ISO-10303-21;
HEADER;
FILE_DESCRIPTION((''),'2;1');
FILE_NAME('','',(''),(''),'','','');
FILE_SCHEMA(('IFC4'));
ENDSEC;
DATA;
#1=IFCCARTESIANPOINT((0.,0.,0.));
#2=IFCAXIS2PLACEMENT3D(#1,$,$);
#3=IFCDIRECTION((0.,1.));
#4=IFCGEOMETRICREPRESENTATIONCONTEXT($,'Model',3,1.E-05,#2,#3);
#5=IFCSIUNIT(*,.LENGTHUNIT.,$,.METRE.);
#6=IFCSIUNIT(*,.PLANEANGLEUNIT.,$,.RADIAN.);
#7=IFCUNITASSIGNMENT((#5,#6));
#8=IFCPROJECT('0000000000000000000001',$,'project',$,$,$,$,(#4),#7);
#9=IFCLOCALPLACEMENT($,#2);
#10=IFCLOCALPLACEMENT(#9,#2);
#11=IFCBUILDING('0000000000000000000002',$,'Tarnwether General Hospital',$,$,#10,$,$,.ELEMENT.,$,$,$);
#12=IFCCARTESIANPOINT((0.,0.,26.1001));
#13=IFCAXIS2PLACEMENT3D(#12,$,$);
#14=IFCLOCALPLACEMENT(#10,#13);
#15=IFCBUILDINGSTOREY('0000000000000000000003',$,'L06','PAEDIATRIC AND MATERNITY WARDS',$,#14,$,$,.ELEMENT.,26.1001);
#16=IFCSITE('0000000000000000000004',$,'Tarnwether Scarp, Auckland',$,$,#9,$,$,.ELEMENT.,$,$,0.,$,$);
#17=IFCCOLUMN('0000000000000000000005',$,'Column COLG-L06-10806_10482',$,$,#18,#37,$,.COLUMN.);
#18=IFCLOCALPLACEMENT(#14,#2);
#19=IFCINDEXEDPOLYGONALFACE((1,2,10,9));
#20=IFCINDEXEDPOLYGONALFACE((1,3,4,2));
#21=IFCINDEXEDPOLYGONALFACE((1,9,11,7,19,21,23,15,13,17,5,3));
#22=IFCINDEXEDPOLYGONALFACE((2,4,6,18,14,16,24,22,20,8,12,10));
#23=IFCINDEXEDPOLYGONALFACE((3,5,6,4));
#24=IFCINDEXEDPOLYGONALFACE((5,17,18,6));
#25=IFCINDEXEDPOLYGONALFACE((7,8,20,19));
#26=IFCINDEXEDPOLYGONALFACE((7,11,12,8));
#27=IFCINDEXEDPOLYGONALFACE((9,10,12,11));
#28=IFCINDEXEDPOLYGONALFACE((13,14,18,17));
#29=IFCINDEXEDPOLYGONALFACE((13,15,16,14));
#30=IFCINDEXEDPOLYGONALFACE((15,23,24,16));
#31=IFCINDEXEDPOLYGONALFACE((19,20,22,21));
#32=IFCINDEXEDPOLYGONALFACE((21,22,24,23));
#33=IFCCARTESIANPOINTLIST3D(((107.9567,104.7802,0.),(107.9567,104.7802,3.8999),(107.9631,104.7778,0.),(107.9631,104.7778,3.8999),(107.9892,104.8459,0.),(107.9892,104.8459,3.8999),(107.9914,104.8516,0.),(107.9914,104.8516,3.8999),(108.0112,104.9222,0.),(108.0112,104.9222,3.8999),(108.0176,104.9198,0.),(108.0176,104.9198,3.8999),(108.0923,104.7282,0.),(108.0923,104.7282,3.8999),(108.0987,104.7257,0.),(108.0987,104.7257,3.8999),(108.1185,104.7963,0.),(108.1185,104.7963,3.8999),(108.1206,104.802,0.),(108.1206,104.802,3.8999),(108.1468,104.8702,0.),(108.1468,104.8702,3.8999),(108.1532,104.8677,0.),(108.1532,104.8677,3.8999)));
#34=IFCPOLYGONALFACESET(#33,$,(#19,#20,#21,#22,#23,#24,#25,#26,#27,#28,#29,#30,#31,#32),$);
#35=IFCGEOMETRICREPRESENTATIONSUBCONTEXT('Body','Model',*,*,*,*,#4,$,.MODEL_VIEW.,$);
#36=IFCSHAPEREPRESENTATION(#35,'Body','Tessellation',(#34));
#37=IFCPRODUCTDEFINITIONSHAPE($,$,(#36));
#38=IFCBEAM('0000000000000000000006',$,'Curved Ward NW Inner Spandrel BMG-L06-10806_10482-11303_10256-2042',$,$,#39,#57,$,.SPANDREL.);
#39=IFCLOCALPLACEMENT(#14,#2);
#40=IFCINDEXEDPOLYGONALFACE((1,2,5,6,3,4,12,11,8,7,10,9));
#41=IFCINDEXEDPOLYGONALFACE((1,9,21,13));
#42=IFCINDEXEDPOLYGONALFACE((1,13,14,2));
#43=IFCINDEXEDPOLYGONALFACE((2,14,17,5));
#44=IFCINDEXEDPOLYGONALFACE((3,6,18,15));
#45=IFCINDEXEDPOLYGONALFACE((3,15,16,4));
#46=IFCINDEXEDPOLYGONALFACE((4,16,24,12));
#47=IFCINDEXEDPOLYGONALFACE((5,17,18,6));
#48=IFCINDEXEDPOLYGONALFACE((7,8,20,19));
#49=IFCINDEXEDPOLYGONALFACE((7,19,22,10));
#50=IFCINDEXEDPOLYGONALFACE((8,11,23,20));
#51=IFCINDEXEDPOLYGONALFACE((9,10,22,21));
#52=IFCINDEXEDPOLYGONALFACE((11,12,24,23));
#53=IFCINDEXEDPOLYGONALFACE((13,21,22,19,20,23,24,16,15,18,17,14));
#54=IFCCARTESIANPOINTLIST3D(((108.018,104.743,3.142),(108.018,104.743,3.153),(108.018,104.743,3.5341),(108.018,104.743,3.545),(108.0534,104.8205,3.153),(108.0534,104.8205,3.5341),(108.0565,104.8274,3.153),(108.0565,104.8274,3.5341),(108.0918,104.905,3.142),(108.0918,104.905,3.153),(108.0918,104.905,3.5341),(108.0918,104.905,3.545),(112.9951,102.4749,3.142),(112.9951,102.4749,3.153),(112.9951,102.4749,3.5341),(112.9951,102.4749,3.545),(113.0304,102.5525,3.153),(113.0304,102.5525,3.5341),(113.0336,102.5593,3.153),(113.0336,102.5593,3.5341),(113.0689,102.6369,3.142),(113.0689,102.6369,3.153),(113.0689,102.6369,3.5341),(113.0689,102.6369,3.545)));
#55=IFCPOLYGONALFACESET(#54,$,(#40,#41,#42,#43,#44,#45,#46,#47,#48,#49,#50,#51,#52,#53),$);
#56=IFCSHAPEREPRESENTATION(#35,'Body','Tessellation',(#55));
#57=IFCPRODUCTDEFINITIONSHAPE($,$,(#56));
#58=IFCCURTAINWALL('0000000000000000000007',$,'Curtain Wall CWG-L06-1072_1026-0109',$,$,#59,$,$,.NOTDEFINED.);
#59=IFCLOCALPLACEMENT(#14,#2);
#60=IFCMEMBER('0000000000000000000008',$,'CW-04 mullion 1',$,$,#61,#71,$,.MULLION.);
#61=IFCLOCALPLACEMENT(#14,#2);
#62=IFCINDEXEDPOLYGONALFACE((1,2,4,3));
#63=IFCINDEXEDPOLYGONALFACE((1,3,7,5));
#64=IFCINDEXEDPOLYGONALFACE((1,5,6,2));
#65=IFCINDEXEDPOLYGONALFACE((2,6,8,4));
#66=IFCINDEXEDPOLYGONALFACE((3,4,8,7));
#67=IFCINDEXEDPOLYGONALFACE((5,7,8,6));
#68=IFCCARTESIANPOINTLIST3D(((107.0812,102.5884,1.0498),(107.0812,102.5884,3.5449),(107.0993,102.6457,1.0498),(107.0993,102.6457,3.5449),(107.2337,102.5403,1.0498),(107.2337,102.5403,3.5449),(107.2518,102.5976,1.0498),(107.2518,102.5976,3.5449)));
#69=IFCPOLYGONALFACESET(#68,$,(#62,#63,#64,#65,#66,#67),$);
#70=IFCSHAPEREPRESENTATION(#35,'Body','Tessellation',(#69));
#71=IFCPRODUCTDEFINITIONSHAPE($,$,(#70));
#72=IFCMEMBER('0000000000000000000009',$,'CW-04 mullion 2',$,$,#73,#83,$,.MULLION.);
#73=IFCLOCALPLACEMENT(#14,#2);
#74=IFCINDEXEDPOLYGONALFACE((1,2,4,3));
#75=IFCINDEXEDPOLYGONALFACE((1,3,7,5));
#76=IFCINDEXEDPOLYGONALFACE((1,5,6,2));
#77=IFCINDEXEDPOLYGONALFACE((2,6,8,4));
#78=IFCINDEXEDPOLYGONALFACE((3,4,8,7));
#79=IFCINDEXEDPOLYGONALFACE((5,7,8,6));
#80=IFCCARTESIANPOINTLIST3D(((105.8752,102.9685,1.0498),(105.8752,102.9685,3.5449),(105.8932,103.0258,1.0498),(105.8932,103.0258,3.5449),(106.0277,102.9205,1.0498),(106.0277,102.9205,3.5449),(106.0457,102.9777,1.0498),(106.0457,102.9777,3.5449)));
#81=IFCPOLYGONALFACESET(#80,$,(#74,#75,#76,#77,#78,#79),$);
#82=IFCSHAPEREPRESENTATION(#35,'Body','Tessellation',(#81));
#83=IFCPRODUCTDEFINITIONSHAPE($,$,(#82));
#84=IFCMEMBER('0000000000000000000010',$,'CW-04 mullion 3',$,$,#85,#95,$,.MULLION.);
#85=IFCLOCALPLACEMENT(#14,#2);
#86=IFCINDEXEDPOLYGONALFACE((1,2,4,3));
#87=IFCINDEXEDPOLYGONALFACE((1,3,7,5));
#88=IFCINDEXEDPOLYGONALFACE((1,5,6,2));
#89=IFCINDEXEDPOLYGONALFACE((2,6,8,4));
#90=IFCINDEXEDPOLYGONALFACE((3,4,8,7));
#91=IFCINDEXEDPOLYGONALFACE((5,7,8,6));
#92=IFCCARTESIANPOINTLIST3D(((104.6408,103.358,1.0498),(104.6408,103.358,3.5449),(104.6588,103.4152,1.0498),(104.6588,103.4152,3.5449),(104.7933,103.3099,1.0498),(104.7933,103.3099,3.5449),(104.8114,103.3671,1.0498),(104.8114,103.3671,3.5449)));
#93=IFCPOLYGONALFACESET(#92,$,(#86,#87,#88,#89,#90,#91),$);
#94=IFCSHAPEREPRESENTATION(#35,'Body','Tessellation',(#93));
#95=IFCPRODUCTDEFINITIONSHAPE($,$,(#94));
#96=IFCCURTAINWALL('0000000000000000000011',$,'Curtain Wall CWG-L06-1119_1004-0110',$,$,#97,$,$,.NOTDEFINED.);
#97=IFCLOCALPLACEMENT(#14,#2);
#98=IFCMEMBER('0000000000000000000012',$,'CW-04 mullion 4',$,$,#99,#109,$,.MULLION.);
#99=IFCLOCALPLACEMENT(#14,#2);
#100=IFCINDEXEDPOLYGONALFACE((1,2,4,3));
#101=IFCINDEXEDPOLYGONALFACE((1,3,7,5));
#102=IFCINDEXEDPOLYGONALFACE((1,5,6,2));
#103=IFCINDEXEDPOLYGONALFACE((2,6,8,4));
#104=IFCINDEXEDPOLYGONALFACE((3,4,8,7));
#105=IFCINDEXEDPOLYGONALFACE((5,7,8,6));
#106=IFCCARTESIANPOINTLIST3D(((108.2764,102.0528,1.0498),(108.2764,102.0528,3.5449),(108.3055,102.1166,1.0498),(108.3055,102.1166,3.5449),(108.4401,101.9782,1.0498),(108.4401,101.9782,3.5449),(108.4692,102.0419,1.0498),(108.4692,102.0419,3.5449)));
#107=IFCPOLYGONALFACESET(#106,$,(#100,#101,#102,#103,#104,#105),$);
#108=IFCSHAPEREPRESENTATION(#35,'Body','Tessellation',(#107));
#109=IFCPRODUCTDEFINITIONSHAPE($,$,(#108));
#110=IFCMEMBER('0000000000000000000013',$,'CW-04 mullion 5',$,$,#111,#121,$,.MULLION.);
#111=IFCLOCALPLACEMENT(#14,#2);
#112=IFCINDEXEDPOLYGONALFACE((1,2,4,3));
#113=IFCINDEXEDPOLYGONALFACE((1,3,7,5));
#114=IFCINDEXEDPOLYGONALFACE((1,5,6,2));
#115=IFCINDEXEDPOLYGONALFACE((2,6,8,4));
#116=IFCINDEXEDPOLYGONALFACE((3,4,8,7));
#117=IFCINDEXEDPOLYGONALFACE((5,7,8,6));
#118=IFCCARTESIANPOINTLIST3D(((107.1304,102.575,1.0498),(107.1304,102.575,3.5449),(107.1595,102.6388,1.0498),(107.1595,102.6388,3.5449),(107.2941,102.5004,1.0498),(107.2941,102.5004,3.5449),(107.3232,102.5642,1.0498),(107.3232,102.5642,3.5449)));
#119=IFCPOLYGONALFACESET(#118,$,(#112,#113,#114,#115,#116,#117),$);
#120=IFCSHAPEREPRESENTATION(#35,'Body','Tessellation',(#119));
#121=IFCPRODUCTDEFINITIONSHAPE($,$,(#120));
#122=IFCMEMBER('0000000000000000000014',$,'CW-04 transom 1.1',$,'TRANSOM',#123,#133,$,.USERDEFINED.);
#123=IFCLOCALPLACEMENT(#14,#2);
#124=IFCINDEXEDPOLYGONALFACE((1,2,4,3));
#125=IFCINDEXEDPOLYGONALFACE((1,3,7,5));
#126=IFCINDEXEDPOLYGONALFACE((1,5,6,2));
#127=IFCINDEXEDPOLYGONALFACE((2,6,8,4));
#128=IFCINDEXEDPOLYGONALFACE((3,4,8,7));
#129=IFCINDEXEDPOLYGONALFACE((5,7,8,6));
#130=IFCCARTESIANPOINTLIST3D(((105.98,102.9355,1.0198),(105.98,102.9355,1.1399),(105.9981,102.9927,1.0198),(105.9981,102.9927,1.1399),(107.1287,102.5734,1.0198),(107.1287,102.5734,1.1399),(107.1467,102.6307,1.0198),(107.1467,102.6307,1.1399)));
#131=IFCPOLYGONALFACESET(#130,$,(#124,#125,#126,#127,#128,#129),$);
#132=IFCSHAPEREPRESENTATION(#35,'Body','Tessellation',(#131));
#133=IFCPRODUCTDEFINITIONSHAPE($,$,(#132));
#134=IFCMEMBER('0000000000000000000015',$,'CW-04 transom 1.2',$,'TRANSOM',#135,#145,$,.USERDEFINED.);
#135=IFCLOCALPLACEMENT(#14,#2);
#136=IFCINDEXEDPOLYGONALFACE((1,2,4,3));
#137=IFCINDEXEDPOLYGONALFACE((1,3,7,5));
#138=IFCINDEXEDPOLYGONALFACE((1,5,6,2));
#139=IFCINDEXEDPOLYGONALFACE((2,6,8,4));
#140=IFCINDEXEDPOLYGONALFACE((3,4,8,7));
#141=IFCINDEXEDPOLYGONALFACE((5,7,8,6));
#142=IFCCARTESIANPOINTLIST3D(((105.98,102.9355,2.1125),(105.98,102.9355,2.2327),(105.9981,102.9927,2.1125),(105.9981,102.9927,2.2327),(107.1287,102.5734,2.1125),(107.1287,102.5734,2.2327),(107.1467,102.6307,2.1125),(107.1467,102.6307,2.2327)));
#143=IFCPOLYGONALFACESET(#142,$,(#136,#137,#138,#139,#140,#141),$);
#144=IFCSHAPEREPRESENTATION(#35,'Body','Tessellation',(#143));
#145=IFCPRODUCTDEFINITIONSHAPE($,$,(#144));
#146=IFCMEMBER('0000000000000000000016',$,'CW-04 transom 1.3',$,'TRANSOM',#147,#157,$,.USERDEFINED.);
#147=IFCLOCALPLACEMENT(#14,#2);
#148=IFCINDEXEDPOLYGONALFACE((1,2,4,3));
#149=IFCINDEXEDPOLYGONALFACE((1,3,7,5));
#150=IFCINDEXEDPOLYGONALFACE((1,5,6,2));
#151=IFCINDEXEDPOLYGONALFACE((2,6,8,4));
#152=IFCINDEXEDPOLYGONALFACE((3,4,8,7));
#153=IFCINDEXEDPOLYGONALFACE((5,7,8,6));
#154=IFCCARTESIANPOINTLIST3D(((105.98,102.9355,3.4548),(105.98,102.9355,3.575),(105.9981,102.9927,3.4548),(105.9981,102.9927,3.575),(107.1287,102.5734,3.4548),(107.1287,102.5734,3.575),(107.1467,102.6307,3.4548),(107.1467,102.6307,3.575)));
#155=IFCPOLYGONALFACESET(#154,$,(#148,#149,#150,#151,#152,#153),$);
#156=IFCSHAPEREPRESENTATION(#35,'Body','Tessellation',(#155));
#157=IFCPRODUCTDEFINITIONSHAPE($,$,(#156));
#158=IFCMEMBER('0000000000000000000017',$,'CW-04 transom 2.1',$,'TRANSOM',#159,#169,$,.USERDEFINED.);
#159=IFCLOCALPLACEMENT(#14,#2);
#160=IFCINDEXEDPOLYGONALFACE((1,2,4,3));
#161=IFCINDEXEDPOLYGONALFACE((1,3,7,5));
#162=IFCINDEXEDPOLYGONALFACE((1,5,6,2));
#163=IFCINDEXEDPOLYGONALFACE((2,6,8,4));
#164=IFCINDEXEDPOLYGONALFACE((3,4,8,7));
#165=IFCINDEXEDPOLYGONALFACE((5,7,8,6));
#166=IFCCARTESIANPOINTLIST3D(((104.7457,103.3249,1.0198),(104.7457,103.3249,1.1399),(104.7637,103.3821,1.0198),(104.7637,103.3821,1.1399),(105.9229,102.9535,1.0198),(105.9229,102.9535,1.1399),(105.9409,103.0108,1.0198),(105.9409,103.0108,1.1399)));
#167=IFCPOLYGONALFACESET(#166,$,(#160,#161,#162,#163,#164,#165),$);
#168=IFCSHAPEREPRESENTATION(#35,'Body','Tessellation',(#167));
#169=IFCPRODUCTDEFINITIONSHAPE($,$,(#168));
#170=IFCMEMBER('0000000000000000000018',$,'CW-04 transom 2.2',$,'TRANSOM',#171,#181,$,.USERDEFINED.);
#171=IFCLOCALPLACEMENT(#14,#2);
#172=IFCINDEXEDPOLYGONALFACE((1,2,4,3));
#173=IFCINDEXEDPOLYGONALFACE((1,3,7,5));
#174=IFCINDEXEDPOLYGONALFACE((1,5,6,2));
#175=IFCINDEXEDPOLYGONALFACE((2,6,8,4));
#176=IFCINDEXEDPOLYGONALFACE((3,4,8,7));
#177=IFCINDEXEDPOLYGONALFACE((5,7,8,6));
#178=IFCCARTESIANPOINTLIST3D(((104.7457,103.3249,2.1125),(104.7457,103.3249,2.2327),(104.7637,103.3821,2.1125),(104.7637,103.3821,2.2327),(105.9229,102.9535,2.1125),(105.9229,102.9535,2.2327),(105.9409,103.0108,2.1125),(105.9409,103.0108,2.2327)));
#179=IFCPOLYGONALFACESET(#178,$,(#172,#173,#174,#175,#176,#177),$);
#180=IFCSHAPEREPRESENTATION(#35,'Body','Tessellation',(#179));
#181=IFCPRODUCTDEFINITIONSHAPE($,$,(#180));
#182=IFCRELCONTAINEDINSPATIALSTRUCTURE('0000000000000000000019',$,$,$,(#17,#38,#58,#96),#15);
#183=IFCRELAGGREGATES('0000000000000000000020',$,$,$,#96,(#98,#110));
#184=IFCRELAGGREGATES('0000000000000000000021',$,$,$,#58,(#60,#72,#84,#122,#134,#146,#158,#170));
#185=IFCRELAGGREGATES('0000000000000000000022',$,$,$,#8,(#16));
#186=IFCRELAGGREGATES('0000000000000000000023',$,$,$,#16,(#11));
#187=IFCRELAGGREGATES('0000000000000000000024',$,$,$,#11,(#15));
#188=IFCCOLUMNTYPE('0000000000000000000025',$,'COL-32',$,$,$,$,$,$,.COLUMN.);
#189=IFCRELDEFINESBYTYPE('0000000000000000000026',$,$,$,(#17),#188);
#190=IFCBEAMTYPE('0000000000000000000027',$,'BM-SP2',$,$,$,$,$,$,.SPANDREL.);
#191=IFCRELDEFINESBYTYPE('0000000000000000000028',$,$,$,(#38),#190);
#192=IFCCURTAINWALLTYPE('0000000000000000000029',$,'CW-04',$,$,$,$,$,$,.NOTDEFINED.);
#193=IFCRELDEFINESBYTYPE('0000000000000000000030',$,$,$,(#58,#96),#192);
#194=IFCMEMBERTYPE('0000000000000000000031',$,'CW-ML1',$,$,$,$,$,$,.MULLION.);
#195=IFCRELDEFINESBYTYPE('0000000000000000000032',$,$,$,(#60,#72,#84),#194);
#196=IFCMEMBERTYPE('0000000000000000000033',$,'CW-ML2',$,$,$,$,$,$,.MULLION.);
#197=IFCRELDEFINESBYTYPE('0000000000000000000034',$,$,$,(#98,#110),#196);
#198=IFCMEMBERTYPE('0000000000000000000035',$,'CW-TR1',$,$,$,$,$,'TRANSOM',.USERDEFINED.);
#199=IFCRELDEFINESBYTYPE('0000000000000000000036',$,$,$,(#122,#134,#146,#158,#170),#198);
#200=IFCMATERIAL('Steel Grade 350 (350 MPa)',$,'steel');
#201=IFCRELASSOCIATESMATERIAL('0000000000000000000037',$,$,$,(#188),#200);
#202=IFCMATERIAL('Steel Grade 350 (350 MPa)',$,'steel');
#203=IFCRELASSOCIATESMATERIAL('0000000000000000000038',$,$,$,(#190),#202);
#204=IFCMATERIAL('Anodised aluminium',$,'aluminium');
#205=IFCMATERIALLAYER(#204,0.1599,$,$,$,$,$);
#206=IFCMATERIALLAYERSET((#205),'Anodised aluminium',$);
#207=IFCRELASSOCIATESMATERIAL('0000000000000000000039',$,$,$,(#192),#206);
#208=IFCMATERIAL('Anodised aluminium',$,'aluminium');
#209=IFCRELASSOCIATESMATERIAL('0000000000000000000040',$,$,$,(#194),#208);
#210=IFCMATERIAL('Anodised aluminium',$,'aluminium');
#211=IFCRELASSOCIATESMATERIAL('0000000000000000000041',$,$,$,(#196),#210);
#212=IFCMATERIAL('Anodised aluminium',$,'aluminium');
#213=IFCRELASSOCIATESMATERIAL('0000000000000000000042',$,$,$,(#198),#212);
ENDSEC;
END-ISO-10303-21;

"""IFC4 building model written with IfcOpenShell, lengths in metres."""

from ifc_helpers import new_model, si_unit, direction, frame, origin, origin_2d, place, context, subcontext, project, spatial, rectangle, i_section, extrude, material, layer, layer_set, material_profile, profile_set, type_object, element, aggregate, save


model = new_model("IFC4")

# Units and contexts
model_context = context("Model", 3, precision=1e-05, world=origin(), true_north=direction((0.0, 1.0)))
body_context = subcontext(model_context, "Body", "Model", "MODEL_VIEW")
ifc_project = project(units=[si_unit("LENGTHUNIT", "METRE"), si_unit("PLANEANGLEUNIT", "RADIAN")], contexts=[model_context])

# Site, building, storey
site_placement = place(None, origin())
site = spatial("IfcSite", under=ifc_project, at=site_placement, Name="Tarnwether Scarp, Auckland", CompositionType="ELEMENT", RefElevation=0.0)
building_placement = place(site_placement, origin())
building = spatial("IfcBuilding", under=site, at=building_placement, Name="Tarnwether General Hospital", CompositionType="ELEMENT")
storey_placement = place(building_placement, frame((0.0, 0.0, 26.1001)))
storey = spatial("IfcBuildingStorey", under=building, at=storey_placement, Name="L06", Description="PAEDIATRIC AND MATERNITY WARDS", CompositionType="ELEMENT", Elevation=26.1001)

# Column
ifc_material_1 = material(Name="Steel Grade 350 (350 MPa)", Category="steel")
ifc_material_profile_1 = material_profile(ifc_material_1, i_section(OverallWidth=0.1521, OverallDepth=0.1521, WebThickness=0.0061, FlangeThickness=0.0068, at=origin_2d()), Name="150UC23.4")
ifc_profile_set_1 = profile_set([ifc_material_profile_1], Name="Steel Grade 350 (350 MPa)")
column_type = type_object("IfcColumnType", Name="COL-32", PredefinedType="COLUMN", material=ifc_profile_set_1)
column_placement = place(storey_placement, frame((108.0549, 104.824, 0.0), z_axis=(0.0, 0.0, 1.0), x_axis=(0.358368, 0.93358, 0.0)))
element("IfcColumn", 1, at=column_placement, inside=storey, type_object=column_type, Name="Column COLG-L06-10806_10482", PredefinedType="COLUMN", context=body_context, shape_type="SweptSolid", body=[
    extrude(i_section(OverallWidth=0.1521, OverallDepth=0.1521, WebThickness=0.0061, FlangeThickness=0.0068, at=origin_2d()), origin(), (0.0, 0.0, 1.0), 3.8999),
])

# Beam
ifc_material_2 = material(Name="Steel Grade 350 (350 MPa)", Category="steel")
ifc_material_profile_2 = material_profile(ifc_material_2, i_section(OverallWidth=0.178, OverallDepth=0.4031, WebThickness=0.0076, FlangeThickness=0.011, at=origin_2d()), Name="410UB53.7")
ifc_profile_set_2 = profile_set([ifc_material_profile_2], Name="Steel Grade 350 (350 MPa)")
beam_type = type_object("IfcBeamType", Name="BM-SP2", PredefinedType="SPANDREL", material=ifc_profile_set_2)
beam_placement = place(storey_placement, frame((108.0549, 104.824, 3.3435), z_axis=(0.909969, -0.414677, 0.0), x_axis=(0.414677, 0.909969, 0.0)))
element("IfcBeam", 2, at=beam_placement, inside=storey, type_object=beam_type, Name="Curved Ward NW Inner Spandrel BMG-L06-10806_10482-11303_10256-2042", PredefinedType="SPANDREL", context=body_context, shape_type="SweptSolid", body=[
    extrude(i_section(OverallWidth=0.178, OverallDepth=0.4031, WebThickness=0.0076, FlangeThickness=0.011, at=origin_2d()), origin(), (0.0, 0.0, 1.0), 5.4695),
])

# Curtain walls, members
ifc_material_3 = material(Name="Anodised aluminium", Category="aluminium")
ifc_layer_1 = layer(ifc_material_3, 0.1599)
ifc_layer_set_1 = layer_set([ifc_layer_1], Name="Anodised aluminium")
curtain_wall_type = type_object("IfcCurtainWallType", Name="CW-04", PredefinedType="NOTDEFINED", material=ifc_layer_set_1)
curtain_wall_1_placement = place(storey_placement, origin())
curtain_wall_1 = element("IfcCurtainWall", 3, at=curtain_wall_1_placement, inside=storey, type_object=curtain_wall_type, Name="Curtain Wall CWG-L06-1072_1026-0109", PredefinedType="NOTDEFINED")
ifc_material_4 = material(Name="Anodised aluminium", Category="aluminium")
ifc_material_profile_3 = material_profile(ifc_material_4, rectangle(XDim=0.0601, YDim=0.1599, at=origin_2d()), Name="ALU-MUL-60x160")
ifc_profile_set_3 = profile_set([ifc_material_profile_3], Name="Anodised aluminium")
member_type_1 = type_object("IfcMemberType", Name="CW-ML1", PredefinedType="MULLION", material=ifc_profile_set_3)
member_1_placement = place(storey_placement, frame((107.1665, 102.593, 1.0498), z_axis=(0.0, 0.0, 1.0), x_axis=(-0.300715, -0.953714, 0.0)))
member_1 = element("IfcMember", 4, at=member_1_placement, type_object=member_type_1, Name="CW-04 mullion 1", PredefinedType="MULLION", context=body_context, shape_type="SweptSolid", body=[
    extrude(rectangle(XDim=0.0601, YDim=0.1599, at=origin_2d()), origin(), (0.0, 0.0, 1.0), 2.4951),
])
member_2_placement = place(storey_placement, frame((105.9604, 102.9731, 1.0498), z_axis=(0.0, 0.0, 1.0), x_axis=(-0.300715, -0.953714, 0.0)))
member_2 = element("IfcMember", 5, at=member_2_placement, type_object=member_type_1, Name="CW-04 mullion 2", PredefinedType="MULLION", context=body_context, shape_type="SweptSolid", body=[
    extrude(rectangle(XDim=0.0601, YDim=0.1599, at=origin_2d()), origin(), (0.0, 0.0, 1.0), 2.4951),
])
member_3_placement = place(storey_placement, frame((104.7261, 103.3625, 1.0498), z_axis=(0.0, 0.0, 1.0), x_axis=(-0.300715, -0.953714, 0.0)))
member_3 = element("IfcMember", 6, at=member_3_placement, type_object=member_type_1, Name="CW-04 mullion 3", PredefinedType="MULLION", context=body_context, shape_type="SweptSolid", body=[
    extrude(rectangle(XDim=0.0601, YDim=0.1599, at=origin_2d()), origin(), (0.0, 0.0, 1.0), 2.4951),
])
curtain_wall_2_placement = place(storey_placement, origin())
curtain_wall_2 = element("IfcCurtainWall", 7, at=curtain_wall_2_placement, inside=storey, type_object=curtain_wall_type, Name="Curtain Wall CWG-L06-1119_1004-0110", PredefinedType="NOTDEFINED")
ifc_material_5 = material(Name="Anodised aluminium", Category="aluminium")
ifc_material_profile_4 = material_profile(ifc_material_5, rectangle(XDim=0.0701, YDim=0.1799, at=origin_2d()), Name="ALU-MUL-70x180")
ifc_profile_set_4 = profile_set([ifc_material_profile_4], Name="Anodised aluminium")
member_type_2 = type_object("IfcMemberType", Name="CW-ML2", PredefinedType="MULLION", material=ifc_profile_set_4)
member_4_placement = place(storey_placement, frame((108.3728, 102.0474, 1.0498), z_axis=(0.0, 0.0, 1.0), x_axis=(-0.414705, -0.909956, 0.0)))
member_4 = element("IfcMember", 8, at=member_4_placement, type_object=member_type_2, Name="CW-04 mullion 4", PredefinedType="MULLION", context=body_context, shape_type="SweptSolid", body=[
    extrude(rectangle(XDim=0.0701, YDim=0.1799, at=origin_2d()), origin(), (0.0, 0.0, 1.0), 2.4951),
])
member_5_placement = place(storey_placement, frame((107.2268, 102.5696, 1.0498), z_axis=(0.0, 0.0, 1.0), x_axis=(-0.414705, -0.909956, 0.0)))
member_5 = element("IfcMember", 9, at=member_5_placement, type_object=member_type_2, Name="CW-04 mullion 5", PredefinedType="MULLION", context=body_context, shape_type="SweptSolid", body=[
    extrude(rectangle(XDim=0.0701, YDim=0.1799, at=origin_2d()), origin(), (0.0, 0.0, 1.0), 2.4951),
])

# Members
ifc_material_6 = material(Name="Anodised aluminium", Category="aluminium")
ifc_material_profile_5 = material_profile(ifc_material_6, rectangle(XDim=0.0601, YDim=0.1201, at=origin_2d()), Name="ALU-TRN-60x120")
ifc_profile_set_5 = profile_set([ifc_material_profile_5], Name="Anodised aluminium")
member_type_3 = type_object("IfcMemberType", Name="CW-TR1", ElementType="TRANSOM", PredefinedType="USERDEFINED", material=ifc_profile_set_5)
member_6_placement = place(storey_placement, frame((107.1377, 102.6021, 1.0798), z_axis=(-0.953745, 0.300617, 0.0), x_axis=(-0.300617, -0.953745, 0.0)))
member_6 = element("IfcMember", 10, at=member_6_placement, type_object=member_type_3, Name="CW-04 transom 1.1", ObjectType="TRANSOM", PredefinedType="USERDEFINED", context=body_context, shape_type="SweptSolid", body=[
    extrude(rectangle(XDim=0.0601, YDim=0.1201, at=origin_2d()), origin(), (0.0, 0.0, 1.0), 1.2043),
])
member_7_placement = place(storey_placement, frame((107.1377, 102.6021, 2.1726), z_axis=(-0.953745, 0.300617, 0.0), x_axis=(-0.300617, -0.953745, 0.0)))
member_7 = element("IfcMember", 11, at=member_7_placement, type_object=member_type_3, Name="CW-04 transom 1.2", ObjectType="TRANSOM", PredefinedType="USERDEFINED", context=body_context, shape_type="SweptSolid", body=[
    extrude(rectangle(XDim=0.0601, YDim=0.1201, at=origin_2d()), origin(), (0.0, 0.0, 1.0), 1.2043),
])
member_8_placement = place(storey_placement, frame((107.1377, 102.6021, 3.5149), z_axis=(-0.953745, 0.300617, 0.0), x_axis=(-0.300617, -0.953745, 0.0)))
member_8 = element("IfcMember", 12, at=member_8_placement, type_object=member_type_3, Name="CW-04 transom 1.3", ObjectType="TRANSOM", PredefinedType="USERDEFINED", context=body_context, shape_type="SweptSolid", body=[
    extrude(rectangle(XDim=0.0601, YDim=0.1201, at=origin_2d()), origin(), (0.0, 0.0, 1.0), 1.2043),
])
member_9_placement = place(storey_placement, frame((105.9319, 102.9822, 1.0798), z_axis=(-0.953681, 0.300819, 0.0), x_axis=(-0.300819, -0.953681, 0.0)))
member_9 = element("IfcMember", 13, at=member_9_placement, type_object=member_type_3, Name="CW-04 transom 2.1", ObjectType="TRANSOM", PredefinedType="USERDEFINED", context=body_context, shape_type="SweptSolid", body=[
    extrude(rectangle(XDim=0.0601, YDim=0.1201, at=origin_2d()), origin(), (0.0, 0.0, 1.0), 1.2344),
])
member_10_placement = place(storey_placement, frame((105.9319, 102.9822, 2.1726), z_axis=(-0.953681, 0.300819, 0.0), x_axis=(-0.300819, -0.953681, 0.0)))
member_10 = element("IfcMember", 14, at=member_10_placement, type_object=member_type_3, Name="CW-04 transom 2.2", ObjectType="TRANSOM", PredefinedType="USERDEFINED", context=body_context, shape_type="SweptSolid", body=[
    extrude(rectangle(XDim=0.0601, YDim=0.1201, at=origin_2d()), origin(), (0.0, 0.0, 1.0), 1.2344),
])

aggregate(curtain_wall_2, [member_4, member_5])
aggregate(curtain_wall_1, [member_1, member_2, member_3, member_6, member_7, member_8, member_9, member_10])

save(model, "model.ifc")
